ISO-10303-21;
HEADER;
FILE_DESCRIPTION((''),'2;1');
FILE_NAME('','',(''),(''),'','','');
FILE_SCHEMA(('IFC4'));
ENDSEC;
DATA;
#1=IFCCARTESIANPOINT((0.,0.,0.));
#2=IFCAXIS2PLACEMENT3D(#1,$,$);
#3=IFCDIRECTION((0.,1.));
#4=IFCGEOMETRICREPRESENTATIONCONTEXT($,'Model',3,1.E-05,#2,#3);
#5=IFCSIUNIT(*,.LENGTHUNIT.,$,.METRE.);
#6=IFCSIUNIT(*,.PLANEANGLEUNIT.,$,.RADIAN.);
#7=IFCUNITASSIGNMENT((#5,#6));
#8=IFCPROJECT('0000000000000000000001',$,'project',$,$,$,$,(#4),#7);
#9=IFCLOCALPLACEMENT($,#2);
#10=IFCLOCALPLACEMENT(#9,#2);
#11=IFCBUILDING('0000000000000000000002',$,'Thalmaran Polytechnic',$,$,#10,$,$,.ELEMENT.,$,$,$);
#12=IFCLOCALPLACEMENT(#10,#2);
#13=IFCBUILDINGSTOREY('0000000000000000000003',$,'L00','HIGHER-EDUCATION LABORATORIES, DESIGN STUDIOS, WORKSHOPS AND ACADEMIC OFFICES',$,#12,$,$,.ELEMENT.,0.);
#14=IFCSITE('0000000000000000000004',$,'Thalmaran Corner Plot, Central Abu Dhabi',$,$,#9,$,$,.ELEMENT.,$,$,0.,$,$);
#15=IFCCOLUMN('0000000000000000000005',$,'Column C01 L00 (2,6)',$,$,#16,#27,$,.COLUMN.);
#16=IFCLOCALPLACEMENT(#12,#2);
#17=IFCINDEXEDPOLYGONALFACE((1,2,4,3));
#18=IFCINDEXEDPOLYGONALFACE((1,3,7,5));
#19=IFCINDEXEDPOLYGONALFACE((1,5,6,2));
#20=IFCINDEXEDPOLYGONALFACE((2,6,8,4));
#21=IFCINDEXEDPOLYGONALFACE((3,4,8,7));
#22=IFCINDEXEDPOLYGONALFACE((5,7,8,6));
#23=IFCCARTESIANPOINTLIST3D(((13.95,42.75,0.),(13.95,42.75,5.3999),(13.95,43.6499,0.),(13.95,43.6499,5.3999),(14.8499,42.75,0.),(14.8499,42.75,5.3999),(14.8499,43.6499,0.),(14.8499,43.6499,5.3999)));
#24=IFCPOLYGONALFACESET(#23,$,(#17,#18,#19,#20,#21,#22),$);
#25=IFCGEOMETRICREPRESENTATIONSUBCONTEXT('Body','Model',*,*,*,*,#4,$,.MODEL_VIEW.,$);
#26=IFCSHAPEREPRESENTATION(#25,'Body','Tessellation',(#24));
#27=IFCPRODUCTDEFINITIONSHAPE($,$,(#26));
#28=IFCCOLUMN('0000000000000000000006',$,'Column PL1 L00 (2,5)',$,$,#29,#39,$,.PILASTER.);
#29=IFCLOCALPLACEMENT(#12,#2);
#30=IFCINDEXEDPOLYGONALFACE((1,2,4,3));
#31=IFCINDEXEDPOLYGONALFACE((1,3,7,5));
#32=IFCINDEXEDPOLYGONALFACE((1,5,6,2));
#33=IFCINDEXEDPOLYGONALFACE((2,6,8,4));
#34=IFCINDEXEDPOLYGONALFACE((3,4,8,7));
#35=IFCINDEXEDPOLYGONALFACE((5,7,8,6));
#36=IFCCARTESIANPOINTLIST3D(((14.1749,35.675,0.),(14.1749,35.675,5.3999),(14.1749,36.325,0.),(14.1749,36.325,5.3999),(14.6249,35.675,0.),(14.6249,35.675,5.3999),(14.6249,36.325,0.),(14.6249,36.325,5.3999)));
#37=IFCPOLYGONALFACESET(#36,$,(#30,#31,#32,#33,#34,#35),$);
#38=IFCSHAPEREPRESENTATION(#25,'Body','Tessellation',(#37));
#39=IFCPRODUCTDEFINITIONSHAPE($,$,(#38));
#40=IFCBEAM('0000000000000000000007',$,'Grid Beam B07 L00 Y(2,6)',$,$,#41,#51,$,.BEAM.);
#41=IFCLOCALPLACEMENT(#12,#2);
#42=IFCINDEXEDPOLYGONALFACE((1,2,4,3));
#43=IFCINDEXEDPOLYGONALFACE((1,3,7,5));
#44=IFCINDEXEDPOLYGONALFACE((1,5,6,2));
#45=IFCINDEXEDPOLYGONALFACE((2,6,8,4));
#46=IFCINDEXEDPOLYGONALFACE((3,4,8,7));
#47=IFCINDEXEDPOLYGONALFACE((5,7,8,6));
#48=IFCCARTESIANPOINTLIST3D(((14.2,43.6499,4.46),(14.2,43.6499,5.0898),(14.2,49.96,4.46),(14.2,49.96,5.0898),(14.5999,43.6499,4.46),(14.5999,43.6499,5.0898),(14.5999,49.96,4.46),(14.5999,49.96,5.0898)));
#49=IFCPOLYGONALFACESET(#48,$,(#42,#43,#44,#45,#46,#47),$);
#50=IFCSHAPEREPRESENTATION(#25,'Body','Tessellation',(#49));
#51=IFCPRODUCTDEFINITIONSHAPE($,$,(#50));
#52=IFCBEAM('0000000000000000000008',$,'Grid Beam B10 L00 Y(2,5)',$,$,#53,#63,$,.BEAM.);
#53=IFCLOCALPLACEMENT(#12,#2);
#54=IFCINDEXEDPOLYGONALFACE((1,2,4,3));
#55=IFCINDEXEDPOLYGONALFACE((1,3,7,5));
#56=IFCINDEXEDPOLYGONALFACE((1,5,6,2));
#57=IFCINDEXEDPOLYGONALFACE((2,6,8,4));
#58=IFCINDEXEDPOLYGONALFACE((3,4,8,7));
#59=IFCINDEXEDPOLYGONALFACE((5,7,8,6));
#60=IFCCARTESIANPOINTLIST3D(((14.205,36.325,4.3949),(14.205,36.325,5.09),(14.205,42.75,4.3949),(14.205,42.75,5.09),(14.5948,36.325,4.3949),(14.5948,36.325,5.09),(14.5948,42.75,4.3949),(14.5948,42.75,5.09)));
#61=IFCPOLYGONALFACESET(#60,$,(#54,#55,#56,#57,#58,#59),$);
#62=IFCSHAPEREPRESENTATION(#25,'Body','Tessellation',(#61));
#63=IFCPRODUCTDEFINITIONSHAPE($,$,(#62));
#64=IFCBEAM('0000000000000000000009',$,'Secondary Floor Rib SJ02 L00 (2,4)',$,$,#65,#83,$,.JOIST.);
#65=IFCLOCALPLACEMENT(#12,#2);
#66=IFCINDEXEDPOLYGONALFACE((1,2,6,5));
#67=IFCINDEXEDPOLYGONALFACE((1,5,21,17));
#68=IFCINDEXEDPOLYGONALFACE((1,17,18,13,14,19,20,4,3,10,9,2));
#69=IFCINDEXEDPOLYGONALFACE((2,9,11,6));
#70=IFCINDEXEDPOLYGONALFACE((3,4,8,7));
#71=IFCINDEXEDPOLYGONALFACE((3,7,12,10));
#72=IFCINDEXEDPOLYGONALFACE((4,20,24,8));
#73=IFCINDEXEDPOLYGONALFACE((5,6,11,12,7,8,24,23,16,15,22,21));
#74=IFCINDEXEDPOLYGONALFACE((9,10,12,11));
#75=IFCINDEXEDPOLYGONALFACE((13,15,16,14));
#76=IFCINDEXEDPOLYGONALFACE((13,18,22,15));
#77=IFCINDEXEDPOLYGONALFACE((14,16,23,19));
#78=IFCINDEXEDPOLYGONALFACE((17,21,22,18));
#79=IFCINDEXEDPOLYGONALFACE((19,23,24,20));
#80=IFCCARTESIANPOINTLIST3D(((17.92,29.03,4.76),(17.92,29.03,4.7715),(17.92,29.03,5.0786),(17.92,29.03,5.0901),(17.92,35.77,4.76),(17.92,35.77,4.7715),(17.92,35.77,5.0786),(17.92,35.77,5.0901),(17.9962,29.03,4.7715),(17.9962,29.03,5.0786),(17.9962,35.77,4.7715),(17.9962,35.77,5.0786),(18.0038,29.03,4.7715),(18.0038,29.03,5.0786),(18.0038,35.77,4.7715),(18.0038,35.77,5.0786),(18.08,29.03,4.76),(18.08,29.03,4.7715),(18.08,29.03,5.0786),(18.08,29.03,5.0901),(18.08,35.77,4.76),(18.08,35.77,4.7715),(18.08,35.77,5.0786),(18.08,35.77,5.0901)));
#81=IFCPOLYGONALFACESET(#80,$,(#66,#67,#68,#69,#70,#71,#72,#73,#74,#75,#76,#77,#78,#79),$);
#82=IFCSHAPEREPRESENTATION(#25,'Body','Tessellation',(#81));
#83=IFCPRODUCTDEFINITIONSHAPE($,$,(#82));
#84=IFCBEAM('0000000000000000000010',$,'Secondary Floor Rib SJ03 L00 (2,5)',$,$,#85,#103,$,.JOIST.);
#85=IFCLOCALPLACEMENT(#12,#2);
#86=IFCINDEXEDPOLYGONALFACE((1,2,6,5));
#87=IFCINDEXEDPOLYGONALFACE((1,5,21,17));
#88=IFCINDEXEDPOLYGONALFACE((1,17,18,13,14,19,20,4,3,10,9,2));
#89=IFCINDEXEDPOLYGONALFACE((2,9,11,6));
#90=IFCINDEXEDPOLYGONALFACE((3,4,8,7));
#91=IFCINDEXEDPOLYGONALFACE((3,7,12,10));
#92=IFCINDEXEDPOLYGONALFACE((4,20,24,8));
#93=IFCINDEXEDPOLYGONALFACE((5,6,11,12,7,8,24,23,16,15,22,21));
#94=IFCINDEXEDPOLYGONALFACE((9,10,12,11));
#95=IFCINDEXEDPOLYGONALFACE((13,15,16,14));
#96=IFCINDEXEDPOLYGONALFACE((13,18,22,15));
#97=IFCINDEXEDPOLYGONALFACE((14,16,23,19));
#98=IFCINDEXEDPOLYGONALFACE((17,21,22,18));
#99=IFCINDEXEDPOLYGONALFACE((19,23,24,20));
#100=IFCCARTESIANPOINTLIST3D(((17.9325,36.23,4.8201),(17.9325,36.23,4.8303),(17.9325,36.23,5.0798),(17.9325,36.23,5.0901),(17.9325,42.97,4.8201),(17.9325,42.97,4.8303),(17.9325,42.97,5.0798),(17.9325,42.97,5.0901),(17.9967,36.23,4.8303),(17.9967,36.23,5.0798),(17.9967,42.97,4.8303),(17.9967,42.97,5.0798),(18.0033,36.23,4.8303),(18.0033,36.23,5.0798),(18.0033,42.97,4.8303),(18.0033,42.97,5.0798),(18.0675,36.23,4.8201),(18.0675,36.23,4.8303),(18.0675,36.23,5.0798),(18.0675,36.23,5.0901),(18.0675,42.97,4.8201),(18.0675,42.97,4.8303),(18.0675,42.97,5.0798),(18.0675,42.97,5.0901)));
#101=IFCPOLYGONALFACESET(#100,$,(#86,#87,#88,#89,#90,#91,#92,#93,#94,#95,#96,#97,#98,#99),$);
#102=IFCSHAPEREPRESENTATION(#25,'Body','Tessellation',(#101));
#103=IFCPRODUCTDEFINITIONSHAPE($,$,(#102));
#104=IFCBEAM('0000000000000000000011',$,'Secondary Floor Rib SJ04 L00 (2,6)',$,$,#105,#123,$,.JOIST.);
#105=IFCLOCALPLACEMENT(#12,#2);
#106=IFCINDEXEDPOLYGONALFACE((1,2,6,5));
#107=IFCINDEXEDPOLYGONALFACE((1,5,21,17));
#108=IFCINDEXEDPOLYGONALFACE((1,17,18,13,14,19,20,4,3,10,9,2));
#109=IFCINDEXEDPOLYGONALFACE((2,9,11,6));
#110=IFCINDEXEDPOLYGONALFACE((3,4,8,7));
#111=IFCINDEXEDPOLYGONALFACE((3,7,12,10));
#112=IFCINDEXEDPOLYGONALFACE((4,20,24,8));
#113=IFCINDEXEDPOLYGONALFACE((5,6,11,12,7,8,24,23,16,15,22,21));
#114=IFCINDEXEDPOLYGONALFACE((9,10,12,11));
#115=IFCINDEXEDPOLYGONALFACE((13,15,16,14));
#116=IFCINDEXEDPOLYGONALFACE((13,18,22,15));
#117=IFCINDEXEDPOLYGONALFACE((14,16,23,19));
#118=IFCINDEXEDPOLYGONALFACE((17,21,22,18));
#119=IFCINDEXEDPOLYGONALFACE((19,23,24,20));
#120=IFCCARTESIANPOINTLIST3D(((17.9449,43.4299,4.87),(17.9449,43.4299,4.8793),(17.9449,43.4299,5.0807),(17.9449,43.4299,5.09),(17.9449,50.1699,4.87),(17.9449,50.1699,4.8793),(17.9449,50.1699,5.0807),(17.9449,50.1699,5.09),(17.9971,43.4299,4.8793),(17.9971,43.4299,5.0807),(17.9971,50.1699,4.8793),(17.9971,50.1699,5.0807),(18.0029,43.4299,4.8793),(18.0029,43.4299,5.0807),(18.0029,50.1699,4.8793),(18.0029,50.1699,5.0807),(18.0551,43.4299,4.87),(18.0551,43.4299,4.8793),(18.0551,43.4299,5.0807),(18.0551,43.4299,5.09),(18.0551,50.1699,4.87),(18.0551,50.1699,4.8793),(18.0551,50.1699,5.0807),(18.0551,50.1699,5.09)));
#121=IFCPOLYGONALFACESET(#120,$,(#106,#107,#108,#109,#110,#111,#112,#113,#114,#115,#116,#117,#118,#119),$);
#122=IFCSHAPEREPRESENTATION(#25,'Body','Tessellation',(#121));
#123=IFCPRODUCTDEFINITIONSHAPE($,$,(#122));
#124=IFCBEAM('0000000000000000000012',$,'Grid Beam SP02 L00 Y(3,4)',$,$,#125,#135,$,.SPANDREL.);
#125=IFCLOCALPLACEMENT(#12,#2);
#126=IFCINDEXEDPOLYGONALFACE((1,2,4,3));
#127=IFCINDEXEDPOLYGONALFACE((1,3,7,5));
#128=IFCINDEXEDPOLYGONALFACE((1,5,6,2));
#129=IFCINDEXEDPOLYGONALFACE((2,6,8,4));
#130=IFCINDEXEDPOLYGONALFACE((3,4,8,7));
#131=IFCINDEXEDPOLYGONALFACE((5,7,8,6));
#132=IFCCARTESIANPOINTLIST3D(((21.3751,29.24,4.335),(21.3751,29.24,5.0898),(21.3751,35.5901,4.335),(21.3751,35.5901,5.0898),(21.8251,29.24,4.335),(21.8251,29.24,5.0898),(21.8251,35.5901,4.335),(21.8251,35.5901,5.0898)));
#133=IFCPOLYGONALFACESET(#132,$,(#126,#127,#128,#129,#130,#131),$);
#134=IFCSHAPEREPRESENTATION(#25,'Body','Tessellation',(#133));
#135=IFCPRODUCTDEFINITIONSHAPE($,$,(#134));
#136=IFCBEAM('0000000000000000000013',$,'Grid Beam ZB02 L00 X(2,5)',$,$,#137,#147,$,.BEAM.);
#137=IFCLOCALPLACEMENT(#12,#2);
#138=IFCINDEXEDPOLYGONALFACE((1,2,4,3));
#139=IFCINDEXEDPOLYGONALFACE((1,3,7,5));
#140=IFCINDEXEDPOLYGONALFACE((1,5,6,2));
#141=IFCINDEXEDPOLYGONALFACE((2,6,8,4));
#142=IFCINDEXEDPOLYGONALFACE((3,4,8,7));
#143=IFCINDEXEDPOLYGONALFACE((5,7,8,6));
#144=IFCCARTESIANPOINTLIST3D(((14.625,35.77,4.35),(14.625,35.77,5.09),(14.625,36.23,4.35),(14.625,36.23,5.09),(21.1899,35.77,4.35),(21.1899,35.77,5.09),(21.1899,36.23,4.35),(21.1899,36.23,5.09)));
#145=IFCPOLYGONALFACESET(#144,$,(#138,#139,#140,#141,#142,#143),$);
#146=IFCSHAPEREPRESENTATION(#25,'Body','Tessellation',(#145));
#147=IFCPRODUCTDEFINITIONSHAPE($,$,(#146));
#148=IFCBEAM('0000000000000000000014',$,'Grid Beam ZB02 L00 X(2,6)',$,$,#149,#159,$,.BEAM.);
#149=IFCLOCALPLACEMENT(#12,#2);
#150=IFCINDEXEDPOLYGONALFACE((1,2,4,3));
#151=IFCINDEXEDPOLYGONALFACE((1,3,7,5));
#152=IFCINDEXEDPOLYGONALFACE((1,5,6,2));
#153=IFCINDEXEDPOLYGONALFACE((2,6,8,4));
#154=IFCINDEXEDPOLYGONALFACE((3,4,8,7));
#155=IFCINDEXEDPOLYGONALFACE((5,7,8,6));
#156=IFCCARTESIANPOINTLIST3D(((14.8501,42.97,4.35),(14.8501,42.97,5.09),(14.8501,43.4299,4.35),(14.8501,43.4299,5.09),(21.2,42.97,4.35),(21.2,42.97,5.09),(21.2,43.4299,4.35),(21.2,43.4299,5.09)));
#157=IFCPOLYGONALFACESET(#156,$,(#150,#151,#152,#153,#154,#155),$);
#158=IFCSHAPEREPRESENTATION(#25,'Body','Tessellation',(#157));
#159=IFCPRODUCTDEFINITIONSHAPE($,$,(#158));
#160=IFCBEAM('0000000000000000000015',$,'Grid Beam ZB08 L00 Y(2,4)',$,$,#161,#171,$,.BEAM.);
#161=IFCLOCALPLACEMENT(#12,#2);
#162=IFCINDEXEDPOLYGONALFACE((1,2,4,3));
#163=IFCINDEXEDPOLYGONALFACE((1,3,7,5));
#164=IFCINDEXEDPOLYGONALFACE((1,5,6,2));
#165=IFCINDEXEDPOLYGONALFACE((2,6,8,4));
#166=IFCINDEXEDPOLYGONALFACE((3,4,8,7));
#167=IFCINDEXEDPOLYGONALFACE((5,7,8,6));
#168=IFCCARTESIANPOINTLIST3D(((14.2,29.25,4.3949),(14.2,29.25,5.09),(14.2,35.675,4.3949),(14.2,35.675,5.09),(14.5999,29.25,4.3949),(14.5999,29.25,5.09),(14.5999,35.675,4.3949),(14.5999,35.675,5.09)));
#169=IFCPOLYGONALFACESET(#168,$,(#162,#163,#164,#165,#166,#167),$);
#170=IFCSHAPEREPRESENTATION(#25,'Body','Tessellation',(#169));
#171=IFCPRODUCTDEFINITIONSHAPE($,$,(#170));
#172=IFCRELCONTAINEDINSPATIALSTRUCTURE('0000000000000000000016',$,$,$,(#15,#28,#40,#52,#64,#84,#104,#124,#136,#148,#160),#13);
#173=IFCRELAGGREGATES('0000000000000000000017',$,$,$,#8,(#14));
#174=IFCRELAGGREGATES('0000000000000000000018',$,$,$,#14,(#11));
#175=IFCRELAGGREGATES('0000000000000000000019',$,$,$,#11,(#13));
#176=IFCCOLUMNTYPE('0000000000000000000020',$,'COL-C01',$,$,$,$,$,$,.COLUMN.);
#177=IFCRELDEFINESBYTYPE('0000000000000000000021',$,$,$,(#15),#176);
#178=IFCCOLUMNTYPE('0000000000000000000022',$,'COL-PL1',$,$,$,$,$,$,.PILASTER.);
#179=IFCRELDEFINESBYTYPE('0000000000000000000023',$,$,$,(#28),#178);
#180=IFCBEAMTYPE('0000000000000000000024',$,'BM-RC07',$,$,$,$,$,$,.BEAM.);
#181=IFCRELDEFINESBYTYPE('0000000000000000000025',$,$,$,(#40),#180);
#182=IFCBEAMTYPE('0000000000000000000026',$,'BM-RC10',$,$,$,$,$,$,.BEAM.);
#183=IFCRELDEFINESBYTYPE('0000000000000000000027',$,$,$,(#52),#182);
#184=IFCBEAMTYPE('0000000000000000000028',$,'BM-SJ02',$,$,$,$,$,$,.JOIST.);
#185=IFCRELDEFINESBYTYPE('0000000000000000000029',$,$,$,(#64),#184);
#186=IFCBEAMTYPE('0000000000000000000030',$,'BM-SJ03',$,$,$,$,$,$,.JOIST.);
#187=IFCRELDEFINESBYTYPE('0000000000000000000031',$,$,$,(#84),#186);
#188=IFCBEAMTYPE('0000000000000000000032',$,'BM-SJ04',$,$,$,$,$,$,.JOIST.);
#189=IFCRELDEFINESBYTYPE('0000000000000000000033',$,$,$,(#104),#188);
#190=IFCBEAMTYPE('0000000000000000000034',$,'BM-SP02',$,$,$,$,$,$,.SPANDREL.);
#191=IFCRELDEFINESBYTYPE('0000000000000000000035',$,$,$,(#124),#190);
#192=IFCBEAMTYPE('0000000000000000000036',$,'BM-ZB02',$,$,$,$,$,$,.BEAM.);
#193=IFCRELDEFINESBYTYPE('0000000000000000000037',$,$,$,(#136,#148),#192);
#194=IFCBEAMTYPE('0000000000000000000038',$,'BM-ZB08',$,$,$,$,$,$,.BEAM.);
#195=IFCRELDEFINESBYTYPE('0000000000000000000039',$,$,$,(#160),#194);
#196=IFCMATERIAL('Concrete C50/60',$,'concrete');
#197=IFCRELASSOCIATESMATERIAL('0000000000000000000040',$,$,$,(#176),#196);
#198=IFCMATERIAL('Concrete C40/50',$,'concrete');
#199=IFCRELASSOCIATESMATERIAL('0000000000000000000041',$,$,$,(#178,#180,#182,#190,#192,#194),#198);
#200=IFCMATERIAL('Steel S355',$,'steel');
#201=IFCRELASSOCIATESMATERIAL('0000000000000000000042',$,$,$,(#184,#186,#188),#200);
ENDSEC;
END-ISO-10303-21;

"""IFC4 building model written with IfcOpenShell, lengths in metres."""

from ifc_helpers import new_model, si_unit, direction, frame, origin, origin_2d, place, context, subcontext, project, spatial, rectangle, i_section, extrude, material, material_profile, profile_set, type_object, element, save


model = new_model("IFC4")

# Units and contexts
model_context = context("Model", 3, precision=1e-05, world=origin(), true_north=direction((0.0, 1.0)))
body_context = subcontext(model_context, "Body", "Model", "MODEL_VIEW")
ifc_project = project(units=[si_unit("LENGTHUNIT", "METRE"), si_unit("PLANEANGLEUNIT", "RADIAN")], contexts=[model_context])

# Site, building, storey
site_placement = place(None, origin())
site = spatial("IfcSite", under=ifc_project, at=site_placement, Name="Thalmaran Corner Plot, Central Abu Dhabi", CompositionType="ELEMENT", RefElevation=0.0)
building_placement = place(site_placement, origin())
building = spatial("IfcBuilding", under=site, at=building_placement, Name="Thalmaran Polytechnic", CompositionType="ELEMENT")
storey_placement = place(building_placement, origin())
storey = spatial("IfcBuildingStorey", under=building, at=storey_placement, Name="L00", Description="HIGHER-EDUCATION LABORATORIES, DESIGN STUDIOS, WORKSHOPS AND ACADEMIC OFFICES", CompositionType="ELEMENT", Elevation=0.0)

# Columns
ifc_material_1 = material(Name="Concrete C50/60", Category="concrete")
ifc_material_profile_1 = material_profile(ifc_material_1, rectangle(XDim=0.8999, YDim=0.8999, at=origin_2d()), Name="RC 900x900")
ifc_profile_set_1 = profile_set([ifc_material_profile_1], Name="Concrete C50/60")
column_type_1 = type_object("IfcColumnType", Name="COL-C01", PredefinedType="COLUMN", material=ifc_profile_set_1)
column_1_placement = place(storey_placement, frame((14.3999, 43.2, 0.0), z_axis=(0.0, 0.0, 1.0), x_axis=(1.0, 0.0, 0.0)))
element("IfcColumn", 1, at=column_1_placement, inside=storey, type_object=column_type_1, Name="Column C01 L00 (2,6)", PredefinedType="COLUMN", context=body_context, shape_type="SweptSolid", body=[
    extrude(rectangle(XDim=0.8999, YDim=0.8999, at=origin_2d()), origin(), (0.0, 0.0, 1.0), 5.3999),
])
ifc_material_2 = material(Name="Concrete C40/50", Category="concrete")
ifc_material_profile_2 = material_profile(ifc_material_2, rectangle(XDim=0.45, YDim=0.6499, at=origin_2d()), Name="RC 450x650")
ifc_profile_set_2 = profile_set([ifc_material_profile_2], Name="Concrete C40/50")
column_type_2 = type_object("IfcColumnType", Name="COL-PL1", PredefinedType="PILASTER", material=ifc_profile_set_2)
column_2_placement = place(storey_placement, frame((14.3999, 36.0, 0.0), z_axis=(0.0, 0.0, 1.0), x_axis=(1.0, 0.0, 0.0)))
element("IfcColumn", 2, at=column_2_placement, inside=storey, type_object=column_type_2, Name="Column PL1 L00 (2,5)", PredefinedType="PILASTER", context=body_context, shape_type="SweptSolid", body=[
    extrude(rectangle(XDim=0.45, YDim=0.6499, at=origin_2d()), origin(), (0.0, 0.0, 1.0), 5.3999),
])

# Beams
ifc_material_profile_3 = material_profile(ifc_material_2, rectangle(XDim=0.3999, YDim=0.6299, at=origin_2d()), Name="RC 400x630")
ifc_profile_set_3 = profile_set([ifc_material_profile_3], Name="Concrete C40/50")
beam_type_1 = type_object("IfcBeamType", Name="BM-RC07", PredefinedType="BEAM", material=ifc_profile_set_3)
beam_1_placement = place(storey_placement, frame((14.3999, 43.6499, 4.7749), z_axis=(0.0, 1.0, 0.0), x_axis=(-1.0, 0.0, 0.0)))
element("IfcBeam", 3, at=beam_1_placement, inside=storey, type_object=beam_type_1, Name="Grid Beam B07 L00 Y(2,6)", PredefinedType="BEAM", context=body_context, shape_type="SweptSolid", body=[
    extrude(rectangle(XDim=0.3999, YDim=0.6299, at=origin_2d()), origin(), (0.0, 0.0, 1.0), 6.3101),
])
ifc_material_profile_4 = material_profile(ifc_material_2, rectangle(XDim=0.3899, YDim=0.6951, at=origin_2d()), Name="RC 390x695")
ifc_profile_set_4 = profile_set([ifc_material_profile_4], Name="Concrete C40/50")
beam_type_2 = type_object("IfcBeamType", Name="BM-RC10", PredefinedType="BEAM", material=ifc_profile_set_4)
beam_2_placement = place(storey_placement, frame((14.3999, 36.325, 4.7424), z_axis=(0.0, 1.0, 0.0), x_axis=(-1.0, 0.0, 0.0)))
element("IfcBeam", 4, at=beam_2_placement, inside=storey, type_object=beam_type_2, Name="Grid Beam B10 L00 Y(2,5)", PredefinedType="BEAM", context=body_context, shape_type="SweptSolid", body=[
    extrude(rectangle(XDim=0.3899, YDim=0.6951, at=origin_2d()), origin(), (0.0, 0.0, 1.0), 6.425),
])
ifc_material_3 = material(Name="Steel S355", Category="steel")
ifc_material_profile_5 = material_profile(ifc_material_3, i_section(OverallWidth=0.1599, OverallDepth=0.3301, WebThickness=0.0076, FlangeThickness=0.0115, at=origin_2d()), Name="IPE 330")
ifc_profile_set_5 = profile_set([ifc_material_profile_5], Name="Steel S355")
beam_type_3 = type_object("IfcBeamType", Name="BM-SJ02", PredefinedType="JOIST", material=ifc_profile_set_5)
beam_3_placement = place(storey_placement, frame((18.0, 29.03, 4.925), z_axis=(0.0, 1.0, 0.0), x_axis=(-1.0, 0.0, 0.0)))
element("IfcBeam", 5, at=beam_3_placement, inside=storey, type_object=beam_type_3, Name="Secondary Floor Rib SJ02 L00 (2,4)", PredefinedType="JOIST", context=body_context, shape_type="SweptSolid", body=[
    extrude(i_section(OverallWidth=0.1599, OverallDepth=0.3301, WebThickness=0.0076, FlangeThickness=0.0115, at=origin_2d()), origin(), (0.0, 0.0, 1.0), 6.74),
])
ifc_material_profile_6 = material_profile(ifc_material_3, i_section(OverallWidth=0.135, OverallDepth=0.27, WebThickness=0.0066, FlangeThickness=0.0103, at=origin_2d()), Name="IPE 270")
ifc_profile_set_6 = profile_set([ifc_material_profile_6], Name="Steel S355")
beam_type_4 = type_object("IfcBeamType", Name="BM-SJ03", PredefinedType="JOIST", material=ifc_profile_set_6)
beam_4_placement = place(storey_placement, frame((18.0, 36.23, 4.9551), z_axis=(0.0, 1.0, 0.0), x_axis=(-1.0, 0.0, 0.0)))
element("IfcBeam", 6, at=beam_4_placement, inside=storey, type_object=beam_type_4, Name="Secondary Floor Rib SJ03 L00 (2,5)", PredefinedType="JOIST", context=body_context, shape_type="SweptSolid", body=[
    extrude(i_section(OverallWidth=0.135, OverallDepth=0.27, WebThickness=0.0066, FlangeThickness=0.0103, at=origin_2d()), origin(), (0.0, 0.0, 1.0), 6.74),
])
ifc_material_profile_7 = material_profile(ifc_material_3, i_section(OverallWidth=0.1101, OverallDepth=0.22, WebThickness=0.0059, FlangeThickness=0.0093, at=origin_2d()), Name="IPE 220")
ifc_profile_set_7 = profile_set([ifc_material_profile_7], Name="Steel S355")
beam_type_5 = type_object("IfcBeamType", Name="BM-SJ04", PredefinedType="JOIST", material=ifc_profile_set_7)
beam_5_placement = place(storey_placement, frame((18.0, 43.4299, 4.98), z_axis=(0.0, 1.0, 0.0), x_axis=(-1.0, 0.0, 0.0)))
element("IfcBeam", 7, at=beam_5_placement, inside=storey, type_object=beam_type_5, Name="Secondary Floor Rib SJ04 L00 (2,6)", PredefinedType="JOIST", context=body_context, shape_type="SweptSolid", body=[
    extrude(i_section(OverallWidth=0.1101, OverallDepth=0.22, WebThickness=0.0059, FlangeThickness=0.0093, at=origin_2d()), origin(), (0.0, 0.0, 1.0), 6.74),
])
ifc_material_profile_8 = material_profile(ifc_material_2, rectangle(XDim=0.45, YDim=0.7549, at=origin_2d()), Name="RC 450x755")
ifc_profile_set_8 = profile_set([ifc_material_profile_8], Name="Concrete C40/50")
beam_type_6 = type_object("IfcBeamType", Name="BM-SP02", PredefinedType="SPANDREL", material=ifc_profile_set_8)
beam_6_placement = place(storey_placement, frame((21.6001, 29.24, 4.7124), z_axis=(0.0, 1.0, 0.0), x_axis=(-1.0, 0.0, 0.0)))
element("IfcBeam", 8, at=beam_6_placement, inside=storey, type_object=beam_type_6, Name="Grid Beam SP02 L00 Y(3,4)", PredefinedType="SPANDREL", context=body_context, shape_type="SweptSolid", body=[
    extrude(rectangle(XDim=0.45, YDim=0.7549, at=origin_2d()), origin(), (0.0, 0.0, 1.0), 6.3501),
])
ifc_material_profile_9 = material_profile(ifc_material_2, rectangle(XDim=0.46, YDim=0.74, at=origin_2d()), Name="RC 460x740")
ifc_profile_set_9 = profile_set([ifc_material_profile_9], Name="Concrete C40/50")
beam_type_7 = type_object("IfcBeamType", Name="BM-ZB02", PredefinedType="BEAM", material=ifc_profile_set_9)
beam_7_placement = place(storey_placement, frame((14.625, 36.0, 4.72), z_axis=(1.0, 0.0, 0.0), x_axis=(0.0, 1.0, 0.0)))
element("IfcBeam", 9, at=beam_7_placement, inside=storey, type_object=beam_type_7, Name="Grid Beam ZB02 L00 X(2,5)", PredefinedType="BEAM", context=body_context, shape_type="SweptSolid", body=[
    extrude(rectangle(XDim=0.46, YDim=0.74, at=origin_2d()), origin(), (0.0, 0.0, 1.0), 6.5649),
])
beam_8_placement = place(storey_placement, frame((14.8501, 43.2, 4.72), z_axis=(1.0, 0.0, 0.0), x_axis=(0.0, 1.0, 0.0)))
element("IfcBeam", 10, at=beam_8_placement, inside=storey, type_object=beam_type_7, Name="Grid Beam ZB02 L00 X(2,6)", PredefinedType="BEAM", context=body_context, shape_type="SweptSolid", body=[
    extrude(rectangle(XDim=0.46, YDim=0.74, at=origin_2d()), origin(), (0.0, 0.0, 1.0), 6.3499),
])
ifc_material_profile_10 = material_profile(ifc_material_2, rectangle(XDim=0.3999, YDim=0.6951, at=origin_2d()), Name="RC 400x695")
ifc_profile_set_10 = profile_set([ifc_material_profile_10], Name="Concrete C40/50")
beam_type_8 = type_object("IfcBeamType", Name="BM-ZB08", PredefinedType="BEAM", material=ifc_profile_set_10)
beam_9_placement = place(storey_placement, frame((14.3999, 29.25, 4.7424), z_axis=(0.0, 1.0, 0.0), x_axis=(-1.0, 0.0, 0.0)))
element("IfcBeam", 11, at=beam_9_placement, inside=storey, type_object=beam_type_8, Name="Grid Beam ZB08 L00 Y(2,4)", PredefinedType="BEAM", context=body_context, shape_type="SweptSolid", body=[
    extrude(rectangle(XDim=0.3999, YDim=0.6951, at=origin_2d()), origin(), (0.0, 0.0, 1.0), 6.425),
])

save(model, "model.ifc")
